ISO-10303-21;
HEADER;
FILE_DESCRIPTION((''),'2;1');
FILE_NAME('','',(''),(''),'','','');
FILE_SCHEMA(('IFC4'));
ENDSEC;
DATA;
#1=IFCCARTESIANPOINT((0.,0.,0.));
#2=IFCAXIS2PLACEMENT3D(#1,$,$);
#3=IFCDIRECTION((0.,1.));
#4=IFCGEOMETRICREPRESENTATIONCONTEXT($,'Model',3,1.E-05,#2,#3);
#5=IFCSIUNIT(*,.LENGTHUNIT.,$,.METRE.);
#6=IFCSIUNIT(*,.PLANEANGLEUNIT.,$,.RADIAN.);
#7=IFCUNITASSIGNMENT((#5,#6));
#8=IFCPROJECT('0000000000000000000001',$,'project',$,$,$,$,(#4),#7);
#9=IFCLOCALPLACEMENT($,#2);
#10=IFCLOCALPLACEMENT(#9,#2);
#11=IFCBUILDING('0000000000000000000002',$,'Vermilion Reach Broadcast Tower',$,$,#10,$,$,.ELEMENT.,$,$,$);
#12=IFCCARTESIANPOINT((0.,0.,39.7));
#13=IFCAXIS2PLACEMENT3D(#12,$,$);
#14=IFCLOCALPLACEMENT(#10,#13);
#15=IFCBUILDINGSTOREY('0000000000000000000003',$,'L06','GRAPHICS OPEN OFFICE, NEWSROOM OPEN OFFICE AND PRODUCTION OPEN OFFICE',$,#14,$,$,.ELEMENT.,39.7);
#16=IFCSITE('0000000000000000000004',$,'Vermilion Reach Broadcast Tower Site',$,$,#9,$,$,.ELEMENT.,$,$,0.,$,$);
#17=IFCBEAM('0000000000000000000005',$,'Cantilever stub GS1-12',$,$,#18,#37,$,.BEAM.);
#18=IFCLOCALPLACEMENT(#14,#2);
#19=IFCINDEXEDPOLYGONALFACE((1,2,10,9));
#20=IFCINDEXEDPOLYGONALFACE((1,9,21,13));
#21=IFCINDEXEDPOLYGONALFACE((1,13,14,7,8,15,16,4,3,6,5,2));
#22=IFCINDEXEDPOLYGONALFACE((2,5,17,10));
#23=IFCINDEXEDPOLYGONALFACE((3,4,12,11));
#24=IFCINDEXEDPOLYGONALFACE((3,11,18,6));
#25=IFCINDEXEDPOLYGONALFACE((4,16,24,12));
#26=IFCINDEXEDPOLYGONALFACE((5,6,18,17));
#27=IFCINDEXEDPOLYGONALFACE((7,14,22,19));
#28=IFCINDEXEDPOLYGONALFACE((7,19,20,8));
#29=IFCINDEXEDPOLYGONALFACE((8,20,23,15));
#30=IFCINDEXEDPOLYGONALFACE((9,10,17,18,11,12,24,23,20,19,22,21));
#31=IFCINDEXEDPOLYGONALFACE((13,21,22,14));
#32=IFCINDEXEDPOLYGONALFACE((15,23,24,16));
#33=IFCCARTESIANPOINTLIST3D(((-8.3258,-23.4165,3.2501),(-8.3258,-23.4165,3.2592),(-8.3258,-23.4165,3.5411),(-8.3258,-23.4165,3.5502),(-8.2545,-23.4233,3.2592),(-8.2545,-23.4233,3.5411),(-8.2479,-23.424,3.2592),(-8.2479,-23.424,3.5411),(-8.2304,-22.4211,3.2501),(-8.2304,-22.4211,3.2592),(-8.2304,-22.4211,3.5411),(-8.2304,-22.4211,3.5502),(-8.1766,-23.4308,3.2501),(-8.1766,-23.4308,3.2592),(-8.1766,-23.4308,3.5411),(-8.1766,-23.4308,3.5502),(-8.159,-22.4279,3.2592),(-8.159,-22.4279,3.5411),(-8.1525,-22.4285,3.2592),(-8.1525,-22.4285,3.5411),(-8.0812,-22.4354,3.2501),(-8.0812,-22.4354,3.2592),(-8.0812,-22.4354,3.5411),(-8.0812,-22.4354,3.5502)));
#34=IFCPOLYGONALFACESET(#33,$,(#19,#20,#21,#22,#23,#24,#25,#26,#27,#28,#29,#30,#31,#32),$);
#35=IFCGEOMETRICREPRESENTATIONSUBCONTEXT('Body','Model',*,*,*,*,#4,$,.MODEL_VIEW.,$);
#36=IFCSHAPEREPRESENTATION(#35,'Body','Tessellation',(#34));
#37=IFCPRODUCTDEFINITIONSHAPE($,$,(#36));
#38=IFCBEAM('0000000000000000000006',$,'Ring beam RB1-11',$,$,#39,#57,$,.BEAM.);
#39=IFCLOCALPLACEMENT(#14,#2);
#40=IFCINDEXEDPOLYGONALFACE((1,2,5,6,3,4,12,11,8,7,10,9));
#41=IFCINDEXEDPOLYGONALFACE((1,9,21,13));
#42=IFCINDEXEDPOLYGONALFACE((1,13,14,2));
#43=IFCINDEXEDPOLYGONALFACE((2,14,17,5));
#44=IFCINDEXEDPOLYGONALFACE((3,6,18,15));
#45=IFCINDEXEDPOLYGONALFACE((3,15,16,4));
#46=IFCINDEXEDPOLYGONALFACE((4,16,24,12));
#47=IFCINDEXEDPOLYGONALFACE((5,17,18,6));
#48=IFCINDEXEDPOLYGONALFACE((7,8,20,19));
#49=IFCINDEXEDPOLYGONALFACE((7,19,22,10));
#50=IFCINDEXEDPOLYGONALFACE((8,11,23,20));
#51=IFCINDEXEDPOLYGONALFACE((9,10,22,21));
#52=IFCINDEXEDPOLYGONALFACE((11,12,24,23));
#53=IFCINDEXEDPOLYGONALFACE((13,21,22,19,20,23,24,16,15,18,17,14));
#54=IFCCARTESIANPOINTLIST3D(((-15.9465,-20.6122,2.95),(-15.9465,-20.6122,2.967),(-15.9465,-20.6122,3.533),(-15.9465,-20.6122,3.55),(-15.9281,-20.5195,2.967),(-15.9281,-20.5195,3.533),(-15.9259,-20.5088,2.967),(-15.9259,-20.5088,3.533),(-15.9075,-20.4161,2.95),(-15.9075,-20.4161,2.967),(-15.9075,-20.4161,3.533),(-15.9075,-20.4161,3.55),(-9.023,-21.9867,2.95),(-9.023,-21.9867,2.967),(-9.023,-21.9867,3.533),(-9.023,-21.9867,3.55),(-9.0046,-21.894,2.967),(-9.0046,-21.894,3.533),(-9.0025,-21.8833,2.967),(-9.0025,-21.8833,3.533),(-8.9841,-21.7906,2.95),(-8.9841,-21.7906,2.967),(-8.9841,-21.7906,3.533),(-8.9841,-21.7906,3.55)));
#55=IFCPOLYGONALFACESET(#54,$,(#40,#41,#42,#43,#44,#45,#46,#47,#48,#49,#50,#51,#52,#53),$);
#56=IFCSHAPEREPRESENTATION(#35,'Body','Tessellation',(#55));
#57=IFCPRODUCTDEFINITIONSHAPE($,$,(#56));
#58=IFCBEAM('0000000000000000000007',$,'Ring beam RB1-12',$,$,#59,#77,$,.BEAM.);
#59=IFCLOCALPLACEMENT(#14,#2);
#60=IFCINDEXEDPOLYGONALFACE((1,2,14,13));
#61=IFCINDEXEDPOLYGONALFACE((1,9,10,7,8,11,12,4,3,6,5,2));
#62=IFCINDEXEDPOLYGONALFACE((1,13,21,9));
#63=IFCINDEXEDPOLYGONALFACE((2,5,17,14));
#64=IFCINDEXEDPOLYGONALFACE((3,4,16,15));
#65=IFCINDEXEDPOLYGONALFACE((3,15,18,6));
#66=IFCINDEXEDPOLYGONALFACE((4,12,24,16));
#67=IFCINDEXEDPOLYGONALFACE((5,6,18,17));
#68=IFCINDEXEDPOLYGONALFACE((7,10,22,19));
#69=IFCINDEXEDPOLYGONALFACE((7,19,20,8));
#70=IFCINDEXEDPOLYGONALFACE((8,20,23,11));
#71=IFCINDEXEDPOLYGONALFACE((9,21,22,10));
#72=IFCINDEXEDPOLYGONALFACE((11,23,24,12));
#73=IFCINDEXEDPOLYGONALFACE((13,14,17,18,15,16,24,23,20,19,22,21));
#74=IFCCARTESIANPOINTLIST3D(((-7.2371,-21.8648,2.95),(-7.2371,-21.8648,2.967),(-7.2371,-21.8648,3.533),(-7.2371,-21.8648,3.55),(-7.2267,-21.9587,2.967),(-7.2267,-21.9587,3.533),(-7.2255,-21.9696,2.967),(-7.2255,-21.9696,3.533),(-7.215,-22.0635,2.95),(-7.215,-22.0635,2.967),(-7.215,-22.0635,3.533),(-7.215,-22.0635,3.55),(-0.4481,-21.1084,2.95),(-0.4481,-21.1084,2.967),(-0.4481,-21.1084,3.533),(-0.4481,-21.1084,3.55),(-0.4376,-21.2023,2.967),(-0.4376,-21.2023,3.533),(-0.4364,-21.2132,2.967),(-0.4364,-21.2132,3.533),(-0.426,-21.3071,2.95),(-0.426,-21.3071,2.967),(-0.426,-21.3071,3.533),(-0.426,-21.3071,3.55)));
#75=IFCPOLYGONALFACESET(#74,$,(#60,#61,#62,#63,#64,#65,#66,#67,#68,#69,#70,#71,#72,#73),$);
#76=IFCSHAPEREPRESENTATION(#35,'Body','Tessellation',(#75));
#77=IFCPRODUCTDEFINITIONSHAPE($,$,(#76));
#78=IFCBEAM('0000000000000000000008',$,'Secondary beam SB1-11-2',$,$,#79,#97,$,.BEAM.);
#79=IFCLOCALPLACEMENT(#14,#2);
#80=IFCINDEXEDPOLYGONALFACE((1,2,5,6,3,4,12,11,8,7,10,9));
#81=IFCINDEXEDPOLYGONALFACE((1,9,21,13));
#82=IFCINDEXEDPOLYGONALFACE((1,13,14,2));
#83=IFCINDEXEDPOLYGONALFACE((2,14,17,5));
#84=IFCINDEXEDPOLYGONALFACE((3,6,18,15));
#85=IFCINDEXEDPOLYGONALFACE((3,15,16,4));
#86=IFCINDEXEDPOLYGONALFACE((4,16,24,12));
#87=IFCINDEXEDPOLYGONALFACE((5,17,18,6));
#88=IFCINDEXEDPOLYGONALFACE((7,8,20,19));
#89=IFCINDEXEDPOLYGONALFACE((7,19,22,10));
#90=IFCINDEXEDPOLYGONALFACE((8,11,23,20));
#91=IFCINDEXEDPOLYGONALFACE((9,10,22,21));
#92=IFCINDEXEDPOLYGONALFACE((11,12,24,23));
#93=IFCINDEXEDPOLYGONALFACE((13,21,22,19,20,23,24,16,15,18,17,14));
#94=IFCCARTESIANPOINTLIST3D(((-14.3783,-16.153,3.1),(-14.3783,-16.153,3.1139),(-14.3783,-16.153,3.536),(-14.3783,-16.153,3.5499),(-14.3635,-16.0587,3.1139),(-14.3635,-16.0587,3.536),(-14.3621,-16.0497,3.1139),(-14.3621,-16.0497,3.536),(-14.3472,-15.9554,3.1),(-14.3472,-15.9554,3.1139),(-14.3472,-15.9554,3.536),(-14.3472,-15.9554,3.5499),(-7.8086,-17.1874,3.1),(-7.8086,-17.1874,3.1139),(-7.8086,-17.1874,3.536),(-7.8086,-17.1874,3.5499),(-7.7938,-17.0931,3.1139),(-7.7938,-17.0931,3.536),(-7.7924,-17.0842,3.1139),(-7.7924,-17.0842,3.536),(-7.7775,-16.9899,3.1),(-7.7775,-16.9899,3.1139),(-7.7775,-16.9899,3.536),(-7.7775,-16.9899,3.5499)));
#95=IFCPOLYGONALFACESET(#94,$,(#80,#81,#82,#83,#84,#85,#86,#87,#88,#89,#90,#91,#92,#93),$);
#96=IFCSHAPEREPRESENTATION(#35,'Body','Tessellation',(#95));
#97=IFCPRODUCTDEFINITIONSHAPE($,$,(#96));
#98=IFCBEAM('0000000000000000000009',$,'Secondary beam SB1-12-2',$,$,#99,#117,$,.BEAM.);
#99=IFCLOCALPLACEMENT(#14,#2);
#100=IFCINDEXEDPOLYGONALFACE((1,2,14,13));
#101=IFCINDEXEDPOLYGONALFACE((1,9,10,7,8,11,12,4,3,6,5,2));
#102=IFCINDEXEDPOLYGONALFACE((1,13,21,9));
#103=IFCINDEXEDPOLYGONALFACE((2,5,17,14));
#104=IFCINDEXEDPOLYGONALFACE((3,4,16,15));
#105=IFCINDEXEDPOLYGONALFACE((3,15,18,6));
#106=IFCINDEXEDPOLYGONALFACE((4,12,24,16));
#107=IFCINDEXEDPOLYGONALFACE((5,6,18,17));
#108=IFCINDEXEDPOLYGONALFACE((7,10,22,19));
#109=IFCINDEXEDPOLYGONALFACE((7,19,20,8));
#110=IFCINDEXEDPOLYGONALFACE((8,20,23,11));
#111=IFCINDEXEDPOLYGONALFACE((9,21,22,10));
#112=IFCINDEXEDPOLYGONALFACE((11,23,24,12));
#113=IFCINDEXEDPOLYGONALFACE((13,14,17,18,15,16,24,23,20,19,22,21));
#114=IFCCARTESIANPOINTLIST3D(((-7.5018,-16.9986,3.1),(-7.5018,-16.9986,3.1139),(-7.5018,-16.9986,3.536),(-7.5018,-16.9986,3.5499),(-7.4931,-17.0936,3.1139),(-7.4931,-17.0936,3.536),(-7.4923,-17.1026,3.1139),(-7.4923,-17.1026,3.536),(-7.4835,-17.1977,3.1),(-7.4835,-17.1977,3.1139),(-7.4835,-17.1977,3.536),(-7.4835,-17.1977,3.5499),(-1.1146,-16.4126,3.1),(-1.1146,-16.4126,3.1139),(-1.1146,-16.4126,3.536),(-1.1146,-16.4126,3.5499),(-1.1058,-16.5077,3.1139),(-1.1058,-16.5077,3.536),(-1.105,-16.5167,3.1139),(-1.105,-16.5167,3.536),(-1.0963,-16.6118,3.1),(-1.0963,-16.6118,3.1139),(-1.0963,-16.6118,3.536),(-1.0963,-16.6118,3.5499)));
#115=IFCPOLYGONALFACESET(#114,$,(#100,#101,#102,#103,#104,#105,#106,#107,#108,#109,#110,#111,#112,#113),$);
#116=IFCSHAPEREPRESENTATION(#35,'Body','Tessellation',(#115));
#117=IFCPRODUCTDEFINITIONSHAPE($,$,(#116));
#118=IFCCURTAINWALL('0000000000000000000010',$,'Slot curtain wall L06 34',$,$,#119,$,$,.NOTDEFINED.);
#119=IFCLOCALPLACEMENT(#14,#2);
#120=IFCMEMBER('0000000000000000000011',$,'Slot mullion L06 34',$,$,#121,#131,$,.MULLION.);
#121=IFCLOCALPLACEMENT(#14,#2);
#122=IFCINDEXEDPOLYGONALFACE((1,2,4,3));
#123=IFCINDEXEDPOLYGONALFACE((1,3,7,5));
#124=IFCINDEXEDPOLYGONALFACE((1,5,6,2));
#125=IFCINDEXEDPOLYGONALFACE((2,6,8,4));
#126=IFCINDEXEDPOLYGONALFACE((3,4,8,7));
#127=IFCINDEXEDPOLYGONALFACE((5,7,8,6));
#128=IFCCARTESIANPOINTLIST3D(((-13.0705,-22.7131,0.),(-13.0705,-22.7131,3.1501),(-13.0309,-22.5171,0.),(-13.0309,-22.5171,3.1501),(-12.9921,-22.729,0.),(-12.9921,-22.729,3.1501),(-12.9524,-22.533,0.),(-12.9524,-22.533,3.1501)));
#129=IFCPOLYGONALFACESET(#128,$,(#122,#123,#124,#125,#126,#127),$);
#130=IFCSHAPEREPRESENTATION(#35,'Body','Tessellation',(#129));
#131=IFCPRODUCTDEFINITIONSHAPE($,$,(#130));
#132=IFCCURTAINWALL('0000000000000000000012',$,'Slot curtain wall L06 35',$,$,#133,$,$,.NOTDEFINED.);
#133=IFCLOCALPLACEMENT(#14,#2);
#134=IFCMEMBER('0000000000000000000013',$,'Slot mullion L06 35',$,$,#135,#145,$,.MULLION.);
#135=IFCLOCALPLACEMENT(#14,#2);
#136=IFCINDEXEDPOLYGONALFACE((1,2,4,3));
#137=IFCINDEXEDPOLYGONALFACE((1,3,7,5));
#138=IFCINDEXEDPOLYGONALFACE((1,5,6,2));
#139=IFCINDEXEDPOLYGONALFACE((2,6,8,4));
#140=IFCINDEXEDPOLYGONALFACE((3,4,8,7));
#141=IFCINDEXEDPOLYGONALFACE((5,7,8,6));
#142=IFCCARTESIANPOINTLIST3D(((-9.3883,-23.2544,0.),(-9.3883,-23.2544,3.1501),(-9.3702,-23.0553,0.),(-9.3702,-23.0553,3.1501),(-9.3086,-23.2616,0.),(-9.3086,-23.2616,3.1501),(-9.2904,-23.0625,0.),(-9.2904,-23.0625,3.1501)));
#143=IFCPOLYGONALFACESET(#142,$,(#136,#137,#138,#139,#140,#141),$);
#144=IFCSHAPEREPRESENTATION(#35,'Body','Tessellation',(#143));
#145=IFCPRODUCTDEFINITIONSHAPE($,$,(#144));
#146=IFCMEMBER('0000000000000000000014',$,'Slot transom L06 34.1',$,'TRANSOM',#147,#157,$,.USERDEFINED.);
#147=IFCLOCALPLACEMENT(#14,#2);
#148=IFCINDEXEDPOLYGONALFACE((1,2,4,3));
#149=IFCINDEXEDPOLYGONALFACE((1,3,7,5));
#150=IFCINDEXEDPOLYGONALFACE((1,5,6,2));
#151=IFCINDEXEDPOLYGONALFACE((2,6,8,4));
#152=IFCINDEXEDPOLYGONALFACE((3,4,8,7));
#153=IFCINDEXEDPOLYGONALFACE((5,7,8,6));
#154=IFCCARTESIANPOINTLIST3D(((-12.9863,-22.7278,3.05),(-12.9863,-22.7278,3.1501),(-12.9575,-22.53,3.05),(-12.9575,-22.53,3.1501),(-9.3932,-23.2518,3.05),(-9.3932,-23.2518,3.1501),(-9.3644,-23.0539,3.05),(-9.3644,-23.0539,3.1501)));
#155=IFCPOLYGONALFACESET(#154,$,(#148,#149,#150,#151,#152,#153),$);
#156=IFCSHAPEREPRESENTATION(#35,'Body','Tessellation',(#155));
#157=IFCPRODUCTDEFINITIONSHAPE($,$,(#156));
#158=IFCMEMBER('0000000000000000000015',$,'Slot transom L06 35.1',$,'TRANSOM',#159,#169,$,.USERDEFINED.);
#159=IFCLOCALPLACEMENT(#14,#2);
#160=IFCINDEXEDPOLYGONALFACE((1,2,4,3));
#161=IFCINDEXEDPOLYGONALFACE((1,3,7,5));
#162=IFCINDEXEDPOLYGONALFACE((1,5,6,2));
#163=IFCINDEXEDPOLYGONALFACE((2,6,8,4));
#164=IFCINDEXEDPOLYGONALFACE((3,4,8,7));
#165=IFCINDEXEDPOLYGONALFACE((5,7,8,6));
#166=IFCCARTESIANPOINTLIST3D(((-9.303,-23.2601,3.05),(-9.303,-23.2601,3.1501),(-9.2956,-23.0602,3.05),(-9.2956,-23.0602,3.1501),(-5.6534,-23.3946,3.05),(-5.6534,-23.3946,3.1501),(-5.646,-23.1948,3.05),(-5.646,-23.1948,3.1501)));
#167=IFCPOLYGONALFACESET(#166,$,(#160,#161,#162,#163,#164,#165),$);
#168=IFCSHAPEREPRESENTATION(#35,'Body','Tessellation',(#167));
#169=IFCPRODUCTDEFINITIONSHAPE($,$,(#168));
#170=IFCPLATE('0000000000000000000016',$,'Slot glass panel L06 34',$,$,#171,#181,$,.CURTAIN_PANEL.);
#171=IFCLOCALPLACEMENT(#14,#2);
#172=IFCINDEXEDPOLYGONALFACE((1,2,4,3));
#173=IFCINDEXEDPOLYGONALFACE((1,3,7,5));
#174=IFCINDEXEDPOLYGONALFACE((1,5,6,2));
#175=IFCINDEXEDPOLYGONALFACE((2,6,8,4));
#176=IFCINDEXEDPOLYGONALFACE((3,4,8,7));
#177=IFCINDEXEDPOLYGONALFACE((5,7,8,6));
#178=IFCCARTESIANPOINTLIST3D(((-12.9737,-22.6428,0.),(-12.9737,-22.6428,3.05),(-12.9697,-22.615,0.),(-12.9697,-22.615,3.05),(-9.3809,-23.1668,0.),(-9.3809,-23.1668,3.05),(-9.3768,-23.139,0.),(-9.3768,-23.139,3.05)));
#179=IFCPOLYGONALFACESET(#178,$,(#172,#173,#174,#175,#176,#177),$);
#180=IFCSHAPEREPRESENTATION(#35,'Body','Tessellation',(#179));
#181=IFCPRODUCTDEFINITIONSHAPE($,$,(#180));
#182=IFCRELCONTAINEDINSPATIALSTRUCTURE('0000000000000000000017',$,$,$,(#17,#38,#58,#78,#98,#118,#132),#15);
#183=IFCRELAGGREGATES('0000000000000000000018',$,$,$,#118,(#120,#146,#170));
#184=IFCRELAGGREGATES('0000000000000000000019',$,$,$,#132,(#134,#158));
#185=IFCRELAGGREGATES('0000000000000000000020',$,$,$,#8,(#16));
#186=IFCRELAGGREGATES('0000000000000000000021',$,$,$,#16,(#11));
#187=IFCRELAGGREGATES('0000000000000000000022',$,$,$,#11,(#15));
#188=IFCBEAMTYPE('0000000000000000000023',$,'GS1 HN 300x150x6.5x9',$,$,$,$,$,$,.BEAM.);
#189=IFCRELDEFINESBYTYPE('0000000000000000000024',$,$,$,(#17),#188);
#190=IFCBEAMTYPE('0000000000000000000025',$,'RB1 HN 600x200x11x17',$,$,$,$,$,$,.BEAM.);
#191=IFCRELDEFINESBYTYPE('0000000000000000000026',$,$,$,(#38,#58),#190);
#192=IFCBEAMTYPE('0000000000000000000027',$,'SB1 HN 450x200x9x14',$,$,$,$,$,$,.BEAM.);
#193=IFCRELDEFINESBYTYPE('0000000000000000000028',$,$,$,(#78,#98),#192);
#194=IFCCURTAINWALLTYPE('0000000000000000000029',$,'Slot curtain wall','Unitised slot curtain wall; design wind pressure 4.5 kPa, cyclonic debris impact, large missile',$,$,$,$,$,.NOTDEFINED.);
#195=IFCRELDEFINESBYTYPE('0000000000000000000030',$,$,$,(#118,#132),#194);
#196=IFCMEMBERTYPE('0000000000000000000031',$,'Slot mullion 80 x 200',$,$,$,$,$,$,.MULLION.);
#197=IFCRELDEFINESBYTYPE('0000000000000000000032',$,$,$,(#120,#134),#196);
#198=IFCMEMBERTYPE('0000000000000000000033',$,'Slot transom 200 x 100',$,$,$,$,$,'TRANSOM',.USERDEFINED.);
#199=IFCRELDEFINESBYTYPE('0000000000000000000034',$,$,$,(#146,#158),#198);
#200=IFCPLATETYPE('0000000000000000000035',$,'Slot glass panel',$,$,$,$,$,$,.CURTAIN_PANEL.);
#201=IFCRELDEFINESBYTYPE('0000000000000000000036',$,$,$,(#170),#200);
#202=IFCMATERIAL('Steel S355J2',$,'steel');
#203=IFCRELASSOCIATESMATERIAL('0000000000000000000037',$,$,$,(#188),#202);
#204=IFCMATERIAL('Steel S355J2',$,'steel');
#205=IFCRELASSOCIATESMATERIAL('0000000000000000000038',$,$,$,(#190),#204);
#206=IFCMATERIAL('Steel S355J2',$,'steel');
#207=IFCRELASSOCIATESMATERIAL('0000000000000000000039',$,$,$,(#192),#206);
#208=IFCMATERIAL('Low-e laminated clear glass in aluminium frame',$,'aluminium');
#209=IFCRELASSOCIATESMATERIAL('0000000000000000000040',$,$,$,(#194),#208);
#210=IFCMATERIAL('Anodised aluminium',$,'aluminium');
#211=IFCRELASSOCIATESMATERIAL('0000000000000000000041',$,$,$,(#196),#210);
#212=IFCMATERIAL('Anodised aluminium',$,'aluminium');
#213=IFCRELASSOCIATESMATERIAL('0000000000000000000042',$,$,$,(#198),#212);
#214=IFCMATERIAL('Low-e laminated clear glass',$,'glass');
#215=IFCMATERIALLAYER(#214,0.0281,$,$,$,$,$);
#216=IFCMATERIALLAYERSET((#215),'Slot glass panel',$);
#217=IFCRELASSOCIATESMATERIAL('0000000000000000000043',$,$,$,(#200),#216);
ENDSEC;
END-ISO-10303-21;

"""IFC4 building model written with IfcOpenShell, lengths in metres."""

from ifc_helpers import new_model, si_unit, direction, frame, origin, origin_2d, place, context, subcontext, project, spatial, rectangle, i_section, extrude, material, layer, layer_set, material_profile, profile_set, type_object, element, aggregate, save


model = new_model("IFC4")

# Units and contexts
model_context = context("Model", 3, precision=1e-05, world=origin(), true_north=direction((0.0, 1.0)))
body_context = subcontext(model_context, "Body", "Model", "MODEL_VIEW")
ifc_project = project(units=[si_unit("LENGTHUNIT", "METRE"), si_unit("PLANEANGLEUNIT", "RADIAN")], contexts=[model_context])

# Site, building, storey
site_placement = place(None, origin())
site = spatial("IfcSite", under=ifc_project, at=site_placement, Name="Vermilion Reach Broadcast Tower Site", CompositionType="ELEMENT", RefElevation=0.0)
building_placement = place(site_placement, origin())
building = spatial("IfcBuilding", under=site, at=building_placement, Name="Vermilion Reach Broadcast Tower", CompositionType="ELEMENT")
storey_placement = place(building_placement, frame((0.0, 0.0, 39.7)))
storey = spatial("IfcBuildingStorey", under=building, at=storey_placement, Name="L06", Description="GRAPHICS OPEN OFFICE, NEWSROOM OPEN OFFICE AND PRODUCTION OPEN OFFICE", CompositionType="ELEMENT", Elevation=39.7)

# Beams
ifc_material_1 = material(Name="Steel S355J2", Category="steel")
ifc_material_profile_1 = material_profile(ifc_material_1, i_section(OverallWidth=0.1499, OverallDepth=0.3, WebThickness=0.0066, FlangeThickness=0.009, at=origin_2d()), Name="S355J2 HN 300x150x6.5x9")
ifc_profile_set_1 = profile_set([ifc_material_profile_1], Name="Steel S355J2")
beam_type_1 = type_object("IfcBeamType", Name="GS1 HN 300x150x6.5x9", PredefinedType="BEAM", material=ifc_profile_set_1)
for number, where, z_axis, x_axis, name in (
    (1, (-8.1558, -22.4282, 3.4001), (-0.095466, -0.995433, 0.0), (0.995433, -0.095466, 0.0), "Cantilever stub GS1-12"),
):
    element("IfcBeam", number, at=place(storey_placement, frame(where, z_axis=z_axis, x_axis=x_axis)), inside=storey, type_object=beam_type_1, Name=name, PredefinedType="BEAM", context=body_context, shape_type="SweptSolid", body=[
        extrude(i_section(OverallWidth=0.1499, OverallDepth=0.3, WebThickness=0.0066, FlangeThickness=0.009, at=origin_2d()), origin(), (0.0, 0.0, 1.0), 1.0),
    ])
ifc_material_2 = material(Name="Steel S355J2", Category="steel")
ifc_material_profile_2 = material_profile(ifc_material_2, i_section(OverallWidth=0.2, OverallDepth=0.6001, WebThickness=0.011, FlangeThickness=0.0171, at=origin_2d()), Name="S355J2 HN 600x200x11x17")
ifc_profile_set_2 = profile_set([ifc_material_profile_2], Name="Steel S355J2")
beam_type_2 = type_object("IfcBeamType", Name="RB1 HN 600x200x11x17", PredefinedType="BEAM", material=ifc_profile_set_2)
beam_1_placement = place(storey_placement, frame((-15.927, -20.5142, 3.25), z_axis=(0.980858, -0.194726, 0.0), x_axis=(0.194726, 0.980858, 0.0)))
element("IfcBeam", 2, at=beam_1_placement, inside=storey, type_object=beam_type_2, Name="Ring beam RB1-11", PredefinedType="BEAM", context=body_context, shape_type="SweptSolid", body=[
    extrude(i_section(OverallWidth=0.2, OverallDepth=0.6001, WebThickness=0.011, FlangeThickness=0.0171, at=origin_2d()), origin(), (0.0, 0.0, 1.0), 7.0586),
])
beam_2_placement = place(storey_placement, frame((-7.2261, -21.9641, 3.25), z_axis=(0.993851, 0.110722, 0.0), x_axis=(-0.110722, 0.993851, 0.0)))
element("IfcBeam", 3, at=beam_2_placement, inside=storey, type_object=beam_type_2, Name="Ring beam RB1-12", PredefinedType="BEAM", context=body_context, shape_type="SweptSolid", body=[
    extrude(i_section(OverallWidth=0.2, OverallDepth=0.6001, WebThickness=0.011, FlangeThickness=0.0171, at=origin_2d()), origin(), (0.0, 0.0, 1.0), 6.8311),
])
ifc_material_3 = material(Name="Steel S355J2", Category="steel")
ifc_material_profile_3 = material_profile(ifc_material_3, i_section(OverallWidth=0.2, OverallDepth=0.45, WebThickness=0.009, FlangeThickness=0.0139, at=origin_2d()), Name="S355J2 HN 450x200x9x14")
ifc_profile_set_3 = profile_set([ifc_material_profile_3], Name="Steel S355J2")
beam_type_3 = type_object("IfcBeamType", Name="SB1 HN 450x200x9x14", PredefinedType="BEAM", material=ifc_profile_set_3)
beam_3_placement = place(storey_placement, frame((-14.3628, -16.0542, 3.325), z_axis=(0.98783, -0.15554, 0.0), x_axis=(0.15554, 0.98783, 0.0)))
element("IfcBeam", 4, at=beam_3_placement, inside=storey, type_object=beam_type_3, Name="Secondary beam SB1-11-2", PredefinedType="BEAM", context=body_context, shape_type="SweptSolid", body=[
    extrude(i_section(OverallWidth=0.2, OverallDepth=0.45, WebThickness=0.009, FlangeThickness=0.0139, at=origin_2d()), origin(), (0.0, 0.0, 1.0), 6.6506),
])
beam_4_placement = place(storey_placement, frame((-7.4927, -17.0981, 3.325), z_axis=(0.995819, 0.091353, 0.0), x_axis=(-0.091353, 0.995819, 0.0)))
element("IfcBeam", 5, at=beam_4_placement, inside=storey, type_object=beam_type_3, Name="Secondary beam SB1-12-2", PredefinedType="BEAM", context=body_context, shape_type="SweptSolid", body=[
    extrude(i_section(OverallWidth=0.2, OverallDepth=0.45, WebThickness=0.009, FlangeThickness=0.0139, at=origin_2d()), origin(), (0.0, 0.0, 1.0), 6.4141),
])

# Curtain walls, members
ifc_material_4 = material(Name="Low-e laminated clear glass in aluminium frame", Category="aluminium")
curtain_wall_type = type_object("IfcCurtainWallType", Name="Slot curtain wall", Description="Unitised slot curtain wall; design wind pressure 4.5 kPa, cyclonic debris impact, large missile", PredefinedType="NOTDEFINED", material=ifc_material_4)
placement = place(storey_placement, origin())
curtain_wall_1 = element("IfcCurtainWall", 6, at=placement, inside=storey, type_object=curtain_wall_type, Name="Slot curtain wall L06 34", PredefinedType="NOTDEFINED")
ifc_material_5 = material(Name="Anodised aluminium", Category="aluminium")
ifc_material_profile_4 = material_profile(ifc_material_5, rectangle(XDim=0.2, YDim=0.0801, at=origin_2d()), Name="Slot mullion 80 x 200")
ifc_profile_set_4 = profile_set([ifc_material_profile_4], Name="Anodised aluminium")
member_type_1 = type_object("IfcMemberType", Name="Slot mullion 80 x 200", PredefinedType="MULLION", material=ifc_profile_set_4)
member_1_placement = place(storey_placement, frame((-13.0115, -22.623, 0.0), z_axis=(0.0, 0.0, 1.0), x_axis=(0.198359, 0.980129, 0.0)))
member_1 = element("IfcMember", 7, at=member_1_placement, type_object=member_type_1, Name="Slot mullion L06 34", PredefinedType="MULLION", context=body_context, shape_type="SweptSolid", body=[
    extrude(rectangle(XDim=0.2, YDim=0.0801, at=origin_2d()), origin(), (0.0, 0.0, 1.0), 3.1501),
])
curtain_wall_2 = element("IfcCurtainWall", 8, at=placement, inside=storey, type_object=curtain_wall_type, Name="Slot curtain wall L06 35", PredefinedType="NOTDEFINED")
member_2_placement = place(storey_placement, frame((-9.3394, -23.1584, 0.0), z_axis=(0.0, 0.0, 1.0), x_axis=(0.090736, 0.995875, 0.0)))
member_2 = element("IfcMember", 9, at=member_2_placement, type_object=member_type_1, Name="Slot mullion L06 35", PredefinedType="MULLION", context=body_context, shape_type="SweptSolid", body=[
    extrude(rectangle(XDim=0.2, YDim=0.0801, at=origin_2d()), origin(), (0.0, 0.0, 1.0), 3.1501),
])

# Members
ifc_material_6 = material(Name="Anodised aluminium", Category="aluminium")
ifc_material_profile_5 = material_profile(ifc_material_6, rectangle(XDim=0.2, YDim=0.1001, at=origin_2d()), Name="Slot transom 200 x 100")
ifc_profile_set_5 = profile_set([ifc_material_profile_5], Name="Anodised aluminium")
member_type_2 = type_object("IfcMemberType", Name="Slot transom 200 x 100", ElementType="TRANSOM", PredefinedType="USERDEFINED", material=ifc_profile_set_5)
member_3_placement = place(storey_placement, frame((-12.9719, -22.6289, 3.1001), z_axis=(0.989535, -0.144292, 0.0), x_axis=(0.144292, 0.989535, 0.0)))
member_3 = element("IfcMember", 10, at=member_3_placement, type_object=member_type_2, Name="Slot transom L06 34.1", ObjectType="TRANSOM", PredefinedType="USERDEFINED", context=body_context, shape_type="SweptSolid", body=[
    extrude(rectangle(XDim=0.2, YDim=0.1001, at=origin_2d()), origin(), (0.0, 0.0, 1.0), 3.6311),
])
member_4_placement = place(storey_placement, frame((-9.2993, -23.1602, 3.1001), z_axis=(0.999321, -0.036834, 0.0), x_axis=(0.036834, 0.999321, 0.0)))
member_4 = element("IfcMember", 11, at=member_4_placement, type_object=member_type_2, Name="Slot transom L06 35.1", ObjectType="TRANSOM", PredefinedType="USERDEFINED", context=body_context, shape_type="SweptSolid", body=[
    extrude(rectangle(XDim=0.2, YDim=0.1001, at=origin_2d()), origin(), (0.0, 0.0, 1.0), 3.6521),
])

# Plate
ifc_material_7 = material(Name="Low-e laminated clear glass", Category="glass")
ifc_layer_1 = layer(ifc_material_7, 0.0281)
ifc_layer_set_1 = layer_set([ifc_layer_1], Name="Slot glass panel")
plate_type = type_object("IfcPlateType", Name="Slot glass panel", PredefinedType="CURTAIN_PANEL", material=ifc_layer_set_1)
plate_1_placement = place(storey_placement, frame((-11.1753, -22.8909, 0.0), z_axis=(0.0, 0.0, 1.0), x_axis=(0.989532, -0.144314, 0.0)))
plate_1 = element("IfcPlate", 12, at=plate_1_placement, type_object=plate_type, Name="Slot glass panel L06 34", PredefinedType="CURTAIN_PANEL", context=body_context, shape_type="SweptSolid", body=[
    extrude(rectangle(XDim=3.6309, YDim=0.0281, at=origin_2d()), origin(), (0.0, 0.0, 1.0), 3.05),
])
aggregate(curtain_wall_1, [member_1, member_3, plate_1])
aggregate(curtain_wall_2, [member_2, member_4])

save(model, "model.ifc")
